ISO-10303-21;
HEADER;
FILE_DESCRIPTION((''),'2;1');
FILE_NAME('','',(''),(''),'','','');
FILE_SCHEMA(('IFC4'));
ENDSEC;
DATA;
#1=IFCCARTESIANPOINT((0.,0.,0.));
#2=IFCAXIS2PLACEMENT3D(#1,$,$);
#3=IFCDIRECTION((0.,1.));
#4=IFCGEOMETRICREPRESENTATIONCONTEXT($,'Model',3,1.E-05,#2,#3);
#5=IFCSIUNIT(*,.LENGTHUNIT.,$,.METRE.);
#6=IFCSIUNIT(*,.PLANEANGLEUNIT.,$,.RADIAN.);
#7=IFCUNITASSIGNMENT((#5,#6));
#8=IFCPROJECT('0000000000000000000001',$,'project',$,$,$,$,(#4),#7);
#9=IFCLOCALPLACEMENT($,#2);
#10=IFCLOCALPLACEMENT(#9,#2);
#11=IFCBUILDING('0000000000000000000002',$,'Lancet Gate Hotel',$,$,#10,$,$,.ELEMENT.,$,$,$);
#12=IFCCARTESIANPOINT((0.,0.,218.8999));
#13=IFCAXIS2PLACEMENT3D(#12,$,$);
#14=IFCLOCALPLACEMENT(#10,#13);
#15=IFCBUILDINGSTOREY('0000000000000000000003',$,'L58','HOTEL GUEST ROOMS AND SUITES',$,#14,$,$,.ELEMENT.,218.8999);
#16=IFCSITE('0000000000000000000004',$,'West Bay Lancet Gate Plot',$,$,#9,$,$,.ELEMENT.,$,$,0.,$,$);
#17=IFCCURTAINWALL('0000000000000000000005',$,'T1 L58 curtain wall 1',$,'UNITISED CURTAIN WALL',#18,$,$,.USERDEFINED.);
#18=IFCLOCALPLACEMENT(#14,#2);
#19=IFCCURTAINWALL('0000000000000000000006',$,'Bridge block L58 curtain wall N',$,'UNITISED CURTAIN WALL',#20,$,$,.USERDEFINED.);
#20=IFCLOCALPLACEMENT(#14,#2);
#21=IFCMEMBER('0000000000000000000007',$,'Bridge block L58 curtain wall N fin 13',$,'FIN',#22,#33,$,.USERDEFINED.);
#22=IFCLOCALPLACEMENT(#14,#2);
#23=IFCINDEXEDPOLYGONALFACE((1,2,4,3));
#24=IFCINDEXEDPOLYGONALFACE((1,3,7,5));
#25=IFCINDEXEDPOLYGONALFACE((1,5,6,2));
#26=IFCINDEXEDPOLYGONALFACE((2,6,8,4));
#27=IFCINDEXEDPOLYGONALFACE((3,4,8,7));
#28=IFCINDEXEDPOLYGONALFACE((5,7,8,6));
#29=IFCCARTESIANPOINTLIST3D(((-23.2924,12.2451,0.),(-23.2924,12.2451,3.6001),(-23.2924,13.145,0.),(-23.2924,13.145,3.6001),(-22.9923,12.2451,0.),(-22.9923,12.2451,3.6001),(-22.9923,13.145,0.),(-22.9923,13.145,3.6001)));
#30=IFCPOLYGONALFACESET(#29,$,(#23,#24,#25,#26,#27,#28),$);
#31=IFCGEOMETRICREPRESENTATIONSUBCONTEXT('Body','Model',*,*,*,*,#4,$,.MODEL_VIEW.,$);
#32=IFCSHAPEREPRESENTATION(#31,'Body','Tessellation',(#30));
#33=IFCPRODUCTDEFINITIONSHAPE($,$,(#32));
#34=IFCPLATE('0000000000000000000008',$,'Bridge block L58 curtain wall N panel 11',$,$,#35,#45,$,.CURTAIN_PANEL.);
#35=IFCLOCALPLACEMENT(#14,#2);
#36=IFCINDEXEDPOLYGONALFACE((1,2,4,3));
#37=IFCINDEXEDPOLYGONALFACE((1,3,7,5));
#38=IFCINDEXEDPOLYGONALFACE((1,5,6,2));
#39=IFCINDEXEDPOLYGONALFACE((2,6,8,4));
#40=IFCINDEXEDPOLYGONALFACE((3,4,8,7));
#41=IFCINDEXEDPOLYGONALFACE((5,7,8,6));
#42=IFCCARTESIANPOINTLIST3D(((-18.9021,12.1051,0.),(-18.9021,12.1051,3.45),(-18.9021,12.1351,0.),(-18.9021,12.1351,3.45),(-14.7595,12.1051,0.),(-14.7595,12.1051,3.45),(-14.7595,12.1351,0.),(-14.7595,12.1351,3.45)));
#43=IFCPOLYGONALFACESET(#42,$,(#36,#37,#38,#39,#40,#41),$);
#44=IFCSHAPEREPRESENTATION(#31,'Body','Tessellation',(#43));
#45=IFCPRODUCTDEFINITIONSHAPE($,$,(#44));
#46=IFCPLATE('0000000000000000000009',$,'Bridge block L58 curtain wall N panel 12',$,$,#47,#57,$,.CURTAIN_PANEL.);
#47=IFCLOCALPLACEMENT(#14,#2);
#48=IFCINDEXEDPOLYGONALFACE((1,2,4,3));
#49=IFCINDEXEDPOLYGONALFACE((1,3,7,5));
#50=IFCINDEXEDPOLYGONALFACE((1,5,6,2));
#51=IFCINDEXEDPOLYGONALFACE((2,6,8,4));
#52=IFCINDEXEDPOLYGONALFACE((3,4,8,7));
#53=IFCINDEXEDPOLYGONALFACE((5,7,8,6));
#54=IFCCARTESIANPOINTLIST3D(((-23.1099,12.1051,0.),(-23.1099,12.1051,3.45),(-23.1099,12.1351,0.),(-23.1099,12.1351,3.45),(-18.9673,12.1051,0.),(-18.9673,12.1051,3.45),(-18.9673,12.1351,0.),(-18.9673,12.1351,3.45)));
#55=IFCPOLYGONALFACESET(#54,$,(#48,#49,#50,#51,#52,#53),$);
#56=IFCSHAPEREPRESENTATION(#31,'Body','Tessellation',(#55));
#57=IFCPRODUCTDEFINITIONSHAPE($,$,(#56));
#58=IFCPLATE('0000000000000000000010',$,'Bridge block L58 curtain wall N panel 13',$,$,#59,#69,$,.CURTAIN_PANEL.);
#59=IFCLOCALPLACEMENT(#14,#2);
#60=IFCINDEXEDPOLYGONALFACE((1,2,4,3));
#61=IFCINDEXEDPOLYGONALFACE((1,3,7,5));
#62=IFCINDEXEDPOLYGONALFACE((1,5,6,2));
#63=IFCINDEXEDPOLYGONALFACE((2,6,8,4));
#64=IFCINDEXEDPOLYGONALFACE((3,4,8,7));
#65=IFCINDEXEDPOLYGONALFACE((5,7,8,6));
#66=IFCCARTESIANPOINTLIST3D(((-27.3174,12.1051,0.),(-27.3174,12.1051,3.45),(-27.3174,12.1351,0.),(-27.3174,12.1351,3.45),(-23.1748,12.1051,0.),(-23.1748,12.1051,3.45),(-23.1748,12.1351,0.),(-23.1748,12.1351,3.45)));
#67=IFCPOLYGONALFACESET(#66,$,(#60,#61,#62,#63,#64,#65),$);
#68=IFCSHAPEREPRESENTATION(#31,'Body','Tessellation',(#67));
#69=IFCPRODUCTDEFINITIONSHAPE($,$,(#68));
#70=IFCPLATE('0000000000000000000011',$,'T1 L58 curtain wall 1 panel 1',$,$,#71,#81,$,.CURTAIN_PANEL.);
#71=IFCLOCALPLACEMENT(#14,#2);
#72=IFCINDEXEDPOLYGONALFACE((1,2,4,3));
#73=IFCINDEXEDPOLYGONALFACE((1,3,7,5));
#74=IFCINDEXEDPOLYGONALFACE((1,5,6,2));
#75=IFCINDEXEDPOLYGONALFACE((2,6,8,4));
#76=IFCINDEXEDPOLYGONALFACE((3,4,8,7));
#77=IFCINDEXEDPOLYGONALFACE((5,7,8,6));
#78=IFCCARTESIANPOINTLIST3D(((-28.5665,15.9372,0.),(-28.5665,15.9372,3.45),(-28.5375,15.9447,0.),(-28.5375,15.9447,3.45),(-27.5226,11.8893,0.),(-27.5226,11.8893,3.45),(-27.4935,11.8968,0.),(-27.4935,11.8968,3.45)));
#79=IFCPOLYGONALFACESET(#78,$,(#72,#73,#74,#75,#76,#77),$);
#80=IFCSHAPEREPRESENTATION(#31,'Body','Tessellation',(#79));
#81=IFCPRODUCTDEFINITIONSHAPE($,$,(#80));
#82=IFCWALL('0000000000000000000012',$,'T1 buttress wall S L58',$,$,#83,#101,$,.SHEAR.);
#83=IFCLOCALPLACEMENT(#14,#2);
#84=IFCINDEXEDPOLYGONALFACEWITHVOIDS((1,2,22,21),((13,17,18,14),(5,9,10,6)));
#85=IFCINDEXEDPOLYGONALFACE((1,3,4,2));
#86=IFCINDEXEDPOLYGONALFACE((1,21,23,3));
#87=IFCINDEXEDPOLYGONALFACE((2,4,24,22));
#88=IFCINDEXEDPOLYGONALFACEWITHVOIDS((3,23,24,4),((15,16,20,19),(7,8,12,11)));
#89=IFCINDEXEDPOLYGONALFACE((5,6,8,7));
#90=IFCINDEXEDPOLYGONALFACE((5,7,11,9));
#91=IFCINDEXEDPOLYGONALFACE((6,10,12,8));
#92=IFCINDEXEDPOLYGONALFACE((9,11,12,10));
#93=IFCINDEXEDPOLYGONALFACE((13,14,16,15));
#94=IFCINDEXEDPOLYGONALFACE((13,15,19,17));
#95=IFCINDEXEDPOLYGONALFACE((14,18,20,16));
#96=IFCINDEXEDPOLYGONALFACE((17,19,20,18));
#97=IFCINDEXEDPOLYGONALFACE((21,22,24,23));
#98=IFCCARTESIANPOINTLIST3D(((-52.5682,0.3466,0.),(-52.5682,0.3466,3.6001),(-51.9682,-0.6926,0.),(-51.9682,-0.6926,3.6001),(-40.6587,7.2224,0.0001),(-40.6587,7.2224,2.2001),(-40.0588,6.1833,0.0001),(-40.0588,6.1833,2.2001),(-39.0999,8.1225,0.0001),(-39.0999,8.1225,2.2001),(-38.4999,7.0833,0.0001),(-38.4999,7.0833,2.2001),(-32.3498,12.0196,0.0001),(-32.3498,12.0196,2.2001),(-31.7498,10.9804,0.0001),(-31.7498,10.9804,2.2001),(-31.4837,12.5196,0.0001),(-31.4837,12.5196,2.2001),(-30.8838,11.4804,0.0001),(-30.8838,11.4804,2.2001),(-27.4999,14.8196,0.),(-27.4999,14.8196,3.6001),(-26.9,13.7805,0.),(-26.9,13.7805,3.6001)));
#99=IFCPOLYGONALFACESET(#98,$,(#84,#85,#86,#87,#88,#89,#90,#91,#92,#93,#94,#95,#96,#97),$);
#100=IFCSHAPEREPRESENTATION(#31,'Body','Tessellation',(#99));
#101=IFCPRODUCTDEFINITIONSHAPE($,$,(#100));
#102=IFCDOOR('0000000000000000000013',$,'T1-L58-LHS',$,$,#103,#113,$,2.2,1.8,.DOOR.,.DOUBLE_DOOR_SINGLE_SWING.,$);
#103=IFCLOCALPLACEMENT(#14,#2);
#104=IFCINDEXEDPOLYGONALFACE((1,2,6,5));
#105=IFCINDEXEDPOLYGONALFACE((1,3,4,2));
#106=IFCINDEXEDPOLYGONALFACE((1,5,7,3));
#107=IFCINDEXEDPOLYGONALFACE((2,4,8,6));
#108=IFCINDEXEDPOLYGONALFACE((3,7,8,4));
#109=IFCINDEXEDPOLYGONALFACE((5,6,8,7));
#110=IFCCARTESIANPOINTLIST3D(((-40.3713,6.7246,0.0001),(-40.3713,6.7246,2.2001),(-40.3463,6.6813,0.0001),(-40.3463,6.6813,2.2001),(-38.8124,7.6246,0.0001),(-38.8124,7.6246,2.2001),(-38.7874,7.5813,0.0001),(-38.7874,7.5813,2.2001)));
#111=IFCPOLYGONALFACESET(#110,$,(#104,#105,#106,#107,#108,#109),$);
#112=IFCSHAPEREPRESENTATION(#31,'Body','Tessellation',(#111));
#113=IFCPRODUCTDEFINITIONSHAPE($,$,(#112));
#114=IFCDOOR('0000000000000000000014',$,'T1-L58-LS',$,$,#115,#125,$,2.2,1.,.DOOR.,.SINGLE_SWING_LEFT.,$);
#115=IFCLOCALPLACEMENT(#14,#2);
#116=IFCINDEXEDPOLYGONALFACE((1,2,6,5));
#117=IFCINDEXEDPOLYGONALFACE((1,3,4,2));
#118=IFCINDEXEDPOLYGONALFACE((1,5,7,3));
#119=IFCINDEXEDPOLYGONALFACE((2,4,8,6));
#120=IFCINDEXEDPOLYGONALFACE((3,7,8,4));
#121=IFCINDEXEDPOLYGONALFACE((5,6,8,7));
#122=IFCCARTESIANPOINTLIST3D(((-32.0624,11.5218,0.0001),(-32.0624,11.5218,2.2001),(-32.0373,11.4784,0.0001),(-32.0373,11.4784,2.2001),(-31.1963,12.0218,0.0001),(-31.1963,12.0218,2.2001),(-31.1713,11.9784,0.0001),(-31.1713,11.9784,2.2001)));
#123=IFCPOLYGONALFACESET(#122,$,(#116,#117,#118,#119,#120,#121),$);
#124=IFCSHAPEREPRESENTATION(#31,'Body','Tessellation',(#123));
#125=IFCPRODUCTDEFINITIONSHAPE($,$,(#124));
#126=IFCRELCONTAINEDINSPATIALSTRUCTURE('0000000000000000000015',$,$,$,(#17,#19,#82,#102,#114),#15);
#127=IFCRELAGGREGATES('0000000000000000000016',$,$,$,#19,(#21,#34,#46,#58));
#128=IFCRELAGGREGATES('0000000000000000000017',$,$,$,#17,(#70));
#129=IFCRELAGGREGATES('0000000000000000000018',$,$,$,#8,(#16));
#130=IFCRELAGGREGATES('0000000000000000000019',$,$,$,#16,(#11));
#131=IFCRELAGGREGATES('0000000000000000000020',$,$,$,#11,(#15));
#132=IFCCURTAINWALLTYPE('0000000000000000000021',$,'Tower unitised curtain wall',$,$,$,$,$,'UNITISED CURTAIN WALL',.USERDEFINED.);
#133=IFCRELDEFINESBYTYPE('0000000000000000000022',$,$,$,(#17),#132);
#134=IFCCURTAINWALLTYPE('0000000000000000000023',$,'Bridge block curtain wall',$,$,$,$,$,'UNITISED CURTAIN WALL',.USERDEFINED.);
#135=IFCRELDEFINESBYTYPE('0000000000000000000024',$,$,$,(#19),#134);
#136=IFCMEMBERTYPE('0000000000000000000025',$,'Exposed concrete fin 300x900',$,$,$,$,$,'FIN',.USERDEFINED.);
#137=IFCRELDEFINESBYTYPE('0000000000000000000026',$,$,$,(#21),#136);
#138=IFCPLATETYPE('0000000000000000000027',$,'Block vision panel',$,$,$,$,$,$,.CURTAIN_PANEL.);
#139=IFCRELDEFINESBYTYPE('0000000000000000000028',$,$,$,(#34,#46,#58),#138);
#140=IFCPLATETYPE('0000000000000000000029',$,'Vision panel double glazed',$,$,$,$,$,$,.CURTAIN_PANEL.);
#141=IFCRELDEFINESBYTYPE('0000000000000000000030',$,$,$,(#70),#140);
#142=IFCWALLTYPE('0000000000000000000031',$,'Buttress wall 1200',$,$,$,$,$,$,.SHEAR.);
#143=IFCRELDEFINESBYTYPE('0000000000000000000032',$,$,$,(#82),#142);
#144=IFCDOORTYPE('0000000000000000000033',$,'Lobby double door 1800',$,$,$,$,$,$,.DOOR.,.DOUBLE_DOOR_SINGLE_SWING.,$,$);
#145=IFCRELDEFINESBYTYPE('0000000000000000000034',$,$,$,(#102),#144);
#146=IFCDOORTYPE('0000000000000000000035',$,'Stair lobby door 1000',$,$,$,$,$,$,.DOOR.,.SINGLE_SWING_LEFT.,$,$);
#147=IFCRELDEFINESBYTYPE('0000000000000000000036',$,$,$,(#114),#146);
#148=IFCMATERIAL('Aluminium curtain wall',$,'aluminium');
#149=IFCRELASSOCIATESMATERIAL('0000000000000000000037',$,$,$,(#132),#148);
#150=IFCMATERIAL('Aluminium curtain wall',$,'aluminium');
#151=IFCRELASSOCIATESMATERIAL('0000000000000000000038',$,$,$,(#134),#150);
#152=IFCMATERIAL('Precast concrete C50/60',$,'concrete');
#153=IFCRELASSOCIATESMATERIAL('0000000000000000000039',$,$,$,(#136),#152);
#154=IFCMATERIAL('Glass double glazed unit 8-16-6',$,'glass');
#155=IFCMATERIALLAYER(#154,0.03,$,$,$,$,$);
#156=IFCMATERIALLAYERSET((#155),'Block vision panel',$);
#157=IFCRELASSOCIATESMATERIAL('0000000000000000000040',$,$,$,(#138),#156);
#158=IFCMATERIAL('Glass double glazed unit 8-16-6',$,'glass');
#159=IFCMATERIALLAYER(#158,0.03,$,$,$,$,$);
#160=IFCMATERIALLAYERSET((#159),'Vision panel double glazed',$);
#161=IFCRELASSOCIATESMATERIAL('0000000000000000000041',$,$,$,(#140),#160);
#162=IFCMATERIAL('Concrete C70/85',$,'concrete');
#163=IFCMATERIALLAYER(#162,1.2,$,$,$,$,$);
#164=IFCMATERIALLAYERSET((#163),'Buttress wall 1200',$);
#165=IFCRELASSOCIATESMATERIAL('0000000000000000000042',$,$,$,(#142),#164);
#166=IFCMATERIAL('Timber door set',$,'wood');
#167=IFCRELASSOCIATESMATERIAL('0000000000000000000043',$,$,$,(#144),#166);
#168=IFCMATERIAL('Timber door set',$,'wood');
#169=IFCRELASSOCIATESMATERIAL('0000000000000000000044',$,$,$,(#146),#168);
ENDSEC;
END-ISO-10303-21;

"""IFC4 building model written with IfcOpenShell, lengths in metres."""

from ifc_helpers import new_model, si_unit, direction, frame, frame_2d, origin, origin_2d, place, context, subcontext, project, spatial, rectangle, extrude, material, layer, layer_set, material_profile, profile_set, type_object, element, fill, aggregate, save


model = new_model("IFC4")

# Units and contexts
model_context = context("Model", 3, precision=1e-05, world=origin(), true_north=direction((0.0, 1.0)))
body_context = subcontext(model_context, "Body", "Model", "MODEL_VIEW")
ifc_project = project(units=[si_unit("LENGTHUNIT", "METRE"), si_unit("PLANEANGLEUNIT", "RADIAN")], contexts=[model_context])

# Site, building, storey
site_placement = place(None, origin())
site = spatial("IfcSite", under=ifc_project, at=site_placement, Name="West Bay Lancet Gate Plot", CompositionType="ELEMENT", RefElevation=0.0)
building_placement = place(site_placement, origin())
building = spatial("IfcBuilding", under=site, at=building_placement, Name="Lancet Gate Hotel", CompositionType="ELEMENT")
storey_placement = place(building_placement, frame((0.0, 0.0, 218.8999)))
storey = spatial("IfcBuildingStorey", under=building, at=storey_placement, Name="L58", Description="HOTEL GUEST ROOMS AND SUITES", CompositionType="ELEMENT", Elevation=218.8999)

# Curtain walls
ifc_material_1 = material(Name="Aluminium curtain wall", Category="aluminium")
curtain_wall_type_1 = type_object("IfcCurtainWallType", Name="Tower unitised curtain wall", ElementType="UNITISED CURTAIN WALL", PredefinedType="USERDEFINED", material=ifc_material_1)
curtain_wall_1_placement = place(storey_placement, origin())
curtain_wall_1 = element("IfcCurtainWall", 1, at=curtain_wall_1_placement, inside=storey, type_object=curtain_wall_type_1, Name="T1 L58 curtain wall 1", ObjectType="UNITISED CURTAIN WALL", PredefinedType="USERDEFINED")
ifc_material_2 = material(Name="Aluminium curtain wall", Category="aluminium")
curtain_wall_type_2 = type_object("IfcCurtainWallType", Name="Bridge block curtain wall", ElementType="UNITISED CURTAIN WALL", PredefinedType="USERDEFINED", material=ifc_material_2)
curtain_wall_2_placement = place(storey_placement, origin())
curtain_wall_2 = element("IfcCurtainWall", 2, at=curtain_wall_2_placement, inside=storey, type_object=curtain_wall_type_2, Name="Bridge block L58 curtain wall N", ObjectType="UNITISED CURTAIN WALL", PredefinedType="USERDEFINED")

# Member
ifc_material_3 = material(Name="Precast concrete C50/60", Category="concrete")
ifc_material_profile_1 = material_profile(ifc_material_3, rectangle(XDim=0.3, YDim=0.8999, at=origin_2d()), Name="FIN 300x900")
ifc_profile_set_1 = profile_set([ifc_material_profile_1], Name="Precast concrete C50/60")
member_type_1 = type_object("IfcMemberType", Name="Exposed concrete fin 300x900", ElementType="FIN", PredefinedType="USERDEFINED", material=ifc_profile_set_1)
member_1_placement = place(storey_placement, frame((-23.1423, 12.6951, 0.0), z_axis=(0.0, 0.0, 1.0), x_axis=(-1.0, 0.0, 0.0)))
member_1 = element("IfcMember", 3, at=member_1_placement, type_object=member_type_1, Name="Bridge block L58 curtain wall N fin 13", ObjectType="FIN", PredefinedType="USERDEFINED", context=body_context, shape_type="SweptSolid", body=[
    extrude(rectangle(XDim=0.3, YDim=0.8999, at=origin_2d()), origin(), (0.0, 0.0, 1.0), 3.6001),
])

# Plates
ifc_material_4 = material(Name="Glass double glazed unit 8-16-6", Category="glass")
ifc_layer_1 = layer(ifc_material_4, 0.03)
ifc_layer_set_1 = layer_set([ifc_layer_1], Name="Block vision panel")
plate_type_1 = type_object("IfcPlateType", Name="Block vision panel", PredefinedType="CURTAIN_PANEL", material=ifc_layer_set_1)
plate_1_placement = place(storey_placement, frame((-16.8308, 12.1201, 0.0), z_axis=(0.0, 0.0, 1.0), x_axis=(-1.0, 0.0, 0.0)))
plate_1 = element("IfcPlate", 4, at=plate_1_placement, type_object=plate_type_1, Name="Bridge block L58 curtain wall N panel 11", PredefinedType="CURTAIN_PANEL", context=body_context, shape_type="SweptSolid", body=[
    extrude(rectangle(XDim=4.1426, YDim=0.03, at=origin_2d()), origin(), (0.0, 0.0, 1.0), 3.45),
])
plate_2_placement = place(storey_placement, frame((-21.0386, 12.1201, 0.0), z_axis=(0.0, 0.0, 1.0), x_axis=(-1.0, 0.0, 0.0)))
plate_2 = element("IfcPlate", 5, at=plate_2_placement, type_object=plate_type_1, Name="Bridge block L58 curtain wall N panel 12", PredefinedType="CURTAIN_PANEL", context=body_context, shape_type="SweptSolid", body=[
    extrude(rectangle(XDim=4.1426, YDim=0.03, at=origin_2d()), origin(), (0.0, 0.0, 1.0), 3.45),
])
plate_3_placement = place(storey_placement, frame((-25.2461, 12.1201, 0.0), z_axis=(0.0, 0.0, 1.0), x_axis=(-1.0, 0.0, 0.0)))
plate_3 = element("IfcPlate", 6, at=plate_3_placement, type_object=plate_type_1, Name="Bridge block L58 curtain wall N panel 13", PredefinedType="CURTAIN_PANEL", context=body_context, shape_type="SweptSolid", body=[
    extrude(rectangle(XDim=4.1426, YDim=0.03, at=origin_2d()), origin(), (0.0, 0.0, 1.0), 3.45),
])
aggregate(curtain_wall_2, [member_1, plate_1, plate_2, plate_3])
ifc_material_5 = material(Name="Glass double glazed unit 8-16-6", Category="glass")
ifc_layer_2 = layer(ifc_material_5, 0.03)
ifc_layer_set_2 = layer_set([ifc_layer_2], Name="Vision panel double glazed")
plate_type_2 = type_object("IfcPlateType", Name="Vision panel double glazed", PredefinedType="CURTAIN_PANEL", material=ifc_layer_set_2)
plate_4_placement = place(storey_placement, frame((-28.03, 13.917, 0.0), z_axis=(0.0, 0.0, 1.0), x_axis=(-0.249726, 0.968317, 0.0)))
plate_4 = element("IfcPlate", 7, at=plate_4_placement, type_object=plate_type_2, Name="T1 L58 curtain wall 1 panel 1", PredefinedType="CURTAIN_PANEL", context=body_context, shape_type="SweptSolid", body=[
    extrude(rectangle(XDim=4.1804, YDim=0.03, at=origin_2d()), origin(), (0.0, 0.0, 1.0), 3.45),
])
aggregate(curtain_wall_1, [plate_4])

# Wall, openings, doors
ifc_material_6 = material(Name="Concrete C70/85", Category="concrete")
ifc_layer_3 = layer(ifc_material_6, 1.2)
ifc_layer_set_3 = layer_set([ifc_layer_3], Name="Buttress wall 1200")
wall_type_1 = type_object("IfcWallType", Name="Buttress wall 1200", PredefinedType="SHEAR", material=ifc_layer_set_3)
wall_1_placement = place(storey_placement, frame((-27.2, 14.3, 0.0), z_axis=(0.0, 0.0, 1.0), x_axis=(-0.866027, -0.499998, 0.0)))
wall_1 = element("IfcWall", 8, at=wall_1_placement, inside=storey, type_object=wall_type_1, Name="T1 buttress wall S L58", PredefinedType="SHEAR", context=body_context, shape_type="SweptSolid", body=[
    extrude(rectangle(XDim=28.9463, YDim=1.2, at=frame_2d((14.4731, 0.0))), origin(), (0.0, 0.0, 1.0), 3.6001),
])
opening_1_placement = place(wall_1_placement, frame((4.6001, 0.0, 0.0)))
opening_1 = element("IfcOpeningElement", 9, at=opening_1_placement, cuts=wall_1, PredefinedType="OPENING", context=body_context, shape_type="SweptSolid", body=[
    extrude(rectangle(XDim=1.0, YDim=2.2, at=frame_2d((0.5, 1.1001))), frame((0.0, 0.6099, 0.0), z_axis=(0.0, -1.0, 0.0), x_axis=(1.0, 0.0, 0.0)), (0.0, 0.0, 1.0), 1.22),
])
opening_2_placement = place(wall_1_placement, frame((13.3945, 0.0, 0.0)))
opening_2 = element("IfcOpeningElement", 10, at=opening_2_placement, cuts=wall_1, PredefinedType="OPENING", context=body_context, shape_type="SweptSolid", body=[
    extrude(rectangle(XDim=1.8, YDim=2.2, at=frame_2d((0.8999, 1.1001))), frame((0.0, 0.6099, 0.0), z_axis=(0.0, -1.0, 0.0), x_axis=(1.0, 0.0, 0.0)), (0.0, 0.0, 1.0), 1.22),
])
ifc_material_7 = material(Name="Timber door set", Category="wood")
door_type_1 = type_object("IfcDoorType", Name="Lobby double door 1800", OperationType="DOUBLE_DOOR_SINGLE_SWING", PredefinedType="DOOR", material=ifc_material_7)
door_1_placement = place(opening_2_placement, origin())
door_1 = element("IfcDoor", 11, at=door_1_placement, inside=storey, type_object=door_type_1, Name="T1-L58-LHS", OperationType="DOUBLE_DOOR_SINGLE_SWING", OverallHeight=2.2, OverallWidth=1.8, PredefinedType="DOOR", context=body_context, shape_type="SweptSolid", body=[
    extrude(rectangle(XDim=1.8, YDim=2.2, at=frame_2d((0.8999, 1.1001))), frame((0.0, 0.0249, 0.0), z_axis=(0.0, -1.0, 0.0), x_axis=(1.0, 0.0, 0.0)), (0.0, 0.0, 1.0), 0.05),
])
fill(opening_2, door_1)
ifc_material_8 = material(Name="Timber door set", Category="wood")
door_type_2 = type_object("IfcDoorType", Name="Stair lobby door 1000", OperationType="SINGLE_SWING_LEFT", PredefinedType="DOOR", material=ifc_material_8)
door_2_placement = place(opening_1_placement, origin())
door_2 = element("IfcDoor", 12, at=door_2_placement, inside=storey, type_object=door_type_2, Name="T1-L58-LS", OperationType="SINGLE_SWING_LEFT", OverallHeight=2.2, OverallWidth=1.0, PredefinedType="DOOR", context=body_context, shape_type="SweptSolid", body=[
    extrude(rectangle(XDim=1.0, YDim=2.2, at=frame_2d((0.5, 1.1001))), frame((0.0, 0.0249, 0.0), z_axis=(0.0, -1.0, 0.0), x_axis=(1.0, 0.0, 0.0)), (0.0, 0.0, 1.0), 0.05),
])
fill(opening_1, door_2)

save(model, "model.ifc")
